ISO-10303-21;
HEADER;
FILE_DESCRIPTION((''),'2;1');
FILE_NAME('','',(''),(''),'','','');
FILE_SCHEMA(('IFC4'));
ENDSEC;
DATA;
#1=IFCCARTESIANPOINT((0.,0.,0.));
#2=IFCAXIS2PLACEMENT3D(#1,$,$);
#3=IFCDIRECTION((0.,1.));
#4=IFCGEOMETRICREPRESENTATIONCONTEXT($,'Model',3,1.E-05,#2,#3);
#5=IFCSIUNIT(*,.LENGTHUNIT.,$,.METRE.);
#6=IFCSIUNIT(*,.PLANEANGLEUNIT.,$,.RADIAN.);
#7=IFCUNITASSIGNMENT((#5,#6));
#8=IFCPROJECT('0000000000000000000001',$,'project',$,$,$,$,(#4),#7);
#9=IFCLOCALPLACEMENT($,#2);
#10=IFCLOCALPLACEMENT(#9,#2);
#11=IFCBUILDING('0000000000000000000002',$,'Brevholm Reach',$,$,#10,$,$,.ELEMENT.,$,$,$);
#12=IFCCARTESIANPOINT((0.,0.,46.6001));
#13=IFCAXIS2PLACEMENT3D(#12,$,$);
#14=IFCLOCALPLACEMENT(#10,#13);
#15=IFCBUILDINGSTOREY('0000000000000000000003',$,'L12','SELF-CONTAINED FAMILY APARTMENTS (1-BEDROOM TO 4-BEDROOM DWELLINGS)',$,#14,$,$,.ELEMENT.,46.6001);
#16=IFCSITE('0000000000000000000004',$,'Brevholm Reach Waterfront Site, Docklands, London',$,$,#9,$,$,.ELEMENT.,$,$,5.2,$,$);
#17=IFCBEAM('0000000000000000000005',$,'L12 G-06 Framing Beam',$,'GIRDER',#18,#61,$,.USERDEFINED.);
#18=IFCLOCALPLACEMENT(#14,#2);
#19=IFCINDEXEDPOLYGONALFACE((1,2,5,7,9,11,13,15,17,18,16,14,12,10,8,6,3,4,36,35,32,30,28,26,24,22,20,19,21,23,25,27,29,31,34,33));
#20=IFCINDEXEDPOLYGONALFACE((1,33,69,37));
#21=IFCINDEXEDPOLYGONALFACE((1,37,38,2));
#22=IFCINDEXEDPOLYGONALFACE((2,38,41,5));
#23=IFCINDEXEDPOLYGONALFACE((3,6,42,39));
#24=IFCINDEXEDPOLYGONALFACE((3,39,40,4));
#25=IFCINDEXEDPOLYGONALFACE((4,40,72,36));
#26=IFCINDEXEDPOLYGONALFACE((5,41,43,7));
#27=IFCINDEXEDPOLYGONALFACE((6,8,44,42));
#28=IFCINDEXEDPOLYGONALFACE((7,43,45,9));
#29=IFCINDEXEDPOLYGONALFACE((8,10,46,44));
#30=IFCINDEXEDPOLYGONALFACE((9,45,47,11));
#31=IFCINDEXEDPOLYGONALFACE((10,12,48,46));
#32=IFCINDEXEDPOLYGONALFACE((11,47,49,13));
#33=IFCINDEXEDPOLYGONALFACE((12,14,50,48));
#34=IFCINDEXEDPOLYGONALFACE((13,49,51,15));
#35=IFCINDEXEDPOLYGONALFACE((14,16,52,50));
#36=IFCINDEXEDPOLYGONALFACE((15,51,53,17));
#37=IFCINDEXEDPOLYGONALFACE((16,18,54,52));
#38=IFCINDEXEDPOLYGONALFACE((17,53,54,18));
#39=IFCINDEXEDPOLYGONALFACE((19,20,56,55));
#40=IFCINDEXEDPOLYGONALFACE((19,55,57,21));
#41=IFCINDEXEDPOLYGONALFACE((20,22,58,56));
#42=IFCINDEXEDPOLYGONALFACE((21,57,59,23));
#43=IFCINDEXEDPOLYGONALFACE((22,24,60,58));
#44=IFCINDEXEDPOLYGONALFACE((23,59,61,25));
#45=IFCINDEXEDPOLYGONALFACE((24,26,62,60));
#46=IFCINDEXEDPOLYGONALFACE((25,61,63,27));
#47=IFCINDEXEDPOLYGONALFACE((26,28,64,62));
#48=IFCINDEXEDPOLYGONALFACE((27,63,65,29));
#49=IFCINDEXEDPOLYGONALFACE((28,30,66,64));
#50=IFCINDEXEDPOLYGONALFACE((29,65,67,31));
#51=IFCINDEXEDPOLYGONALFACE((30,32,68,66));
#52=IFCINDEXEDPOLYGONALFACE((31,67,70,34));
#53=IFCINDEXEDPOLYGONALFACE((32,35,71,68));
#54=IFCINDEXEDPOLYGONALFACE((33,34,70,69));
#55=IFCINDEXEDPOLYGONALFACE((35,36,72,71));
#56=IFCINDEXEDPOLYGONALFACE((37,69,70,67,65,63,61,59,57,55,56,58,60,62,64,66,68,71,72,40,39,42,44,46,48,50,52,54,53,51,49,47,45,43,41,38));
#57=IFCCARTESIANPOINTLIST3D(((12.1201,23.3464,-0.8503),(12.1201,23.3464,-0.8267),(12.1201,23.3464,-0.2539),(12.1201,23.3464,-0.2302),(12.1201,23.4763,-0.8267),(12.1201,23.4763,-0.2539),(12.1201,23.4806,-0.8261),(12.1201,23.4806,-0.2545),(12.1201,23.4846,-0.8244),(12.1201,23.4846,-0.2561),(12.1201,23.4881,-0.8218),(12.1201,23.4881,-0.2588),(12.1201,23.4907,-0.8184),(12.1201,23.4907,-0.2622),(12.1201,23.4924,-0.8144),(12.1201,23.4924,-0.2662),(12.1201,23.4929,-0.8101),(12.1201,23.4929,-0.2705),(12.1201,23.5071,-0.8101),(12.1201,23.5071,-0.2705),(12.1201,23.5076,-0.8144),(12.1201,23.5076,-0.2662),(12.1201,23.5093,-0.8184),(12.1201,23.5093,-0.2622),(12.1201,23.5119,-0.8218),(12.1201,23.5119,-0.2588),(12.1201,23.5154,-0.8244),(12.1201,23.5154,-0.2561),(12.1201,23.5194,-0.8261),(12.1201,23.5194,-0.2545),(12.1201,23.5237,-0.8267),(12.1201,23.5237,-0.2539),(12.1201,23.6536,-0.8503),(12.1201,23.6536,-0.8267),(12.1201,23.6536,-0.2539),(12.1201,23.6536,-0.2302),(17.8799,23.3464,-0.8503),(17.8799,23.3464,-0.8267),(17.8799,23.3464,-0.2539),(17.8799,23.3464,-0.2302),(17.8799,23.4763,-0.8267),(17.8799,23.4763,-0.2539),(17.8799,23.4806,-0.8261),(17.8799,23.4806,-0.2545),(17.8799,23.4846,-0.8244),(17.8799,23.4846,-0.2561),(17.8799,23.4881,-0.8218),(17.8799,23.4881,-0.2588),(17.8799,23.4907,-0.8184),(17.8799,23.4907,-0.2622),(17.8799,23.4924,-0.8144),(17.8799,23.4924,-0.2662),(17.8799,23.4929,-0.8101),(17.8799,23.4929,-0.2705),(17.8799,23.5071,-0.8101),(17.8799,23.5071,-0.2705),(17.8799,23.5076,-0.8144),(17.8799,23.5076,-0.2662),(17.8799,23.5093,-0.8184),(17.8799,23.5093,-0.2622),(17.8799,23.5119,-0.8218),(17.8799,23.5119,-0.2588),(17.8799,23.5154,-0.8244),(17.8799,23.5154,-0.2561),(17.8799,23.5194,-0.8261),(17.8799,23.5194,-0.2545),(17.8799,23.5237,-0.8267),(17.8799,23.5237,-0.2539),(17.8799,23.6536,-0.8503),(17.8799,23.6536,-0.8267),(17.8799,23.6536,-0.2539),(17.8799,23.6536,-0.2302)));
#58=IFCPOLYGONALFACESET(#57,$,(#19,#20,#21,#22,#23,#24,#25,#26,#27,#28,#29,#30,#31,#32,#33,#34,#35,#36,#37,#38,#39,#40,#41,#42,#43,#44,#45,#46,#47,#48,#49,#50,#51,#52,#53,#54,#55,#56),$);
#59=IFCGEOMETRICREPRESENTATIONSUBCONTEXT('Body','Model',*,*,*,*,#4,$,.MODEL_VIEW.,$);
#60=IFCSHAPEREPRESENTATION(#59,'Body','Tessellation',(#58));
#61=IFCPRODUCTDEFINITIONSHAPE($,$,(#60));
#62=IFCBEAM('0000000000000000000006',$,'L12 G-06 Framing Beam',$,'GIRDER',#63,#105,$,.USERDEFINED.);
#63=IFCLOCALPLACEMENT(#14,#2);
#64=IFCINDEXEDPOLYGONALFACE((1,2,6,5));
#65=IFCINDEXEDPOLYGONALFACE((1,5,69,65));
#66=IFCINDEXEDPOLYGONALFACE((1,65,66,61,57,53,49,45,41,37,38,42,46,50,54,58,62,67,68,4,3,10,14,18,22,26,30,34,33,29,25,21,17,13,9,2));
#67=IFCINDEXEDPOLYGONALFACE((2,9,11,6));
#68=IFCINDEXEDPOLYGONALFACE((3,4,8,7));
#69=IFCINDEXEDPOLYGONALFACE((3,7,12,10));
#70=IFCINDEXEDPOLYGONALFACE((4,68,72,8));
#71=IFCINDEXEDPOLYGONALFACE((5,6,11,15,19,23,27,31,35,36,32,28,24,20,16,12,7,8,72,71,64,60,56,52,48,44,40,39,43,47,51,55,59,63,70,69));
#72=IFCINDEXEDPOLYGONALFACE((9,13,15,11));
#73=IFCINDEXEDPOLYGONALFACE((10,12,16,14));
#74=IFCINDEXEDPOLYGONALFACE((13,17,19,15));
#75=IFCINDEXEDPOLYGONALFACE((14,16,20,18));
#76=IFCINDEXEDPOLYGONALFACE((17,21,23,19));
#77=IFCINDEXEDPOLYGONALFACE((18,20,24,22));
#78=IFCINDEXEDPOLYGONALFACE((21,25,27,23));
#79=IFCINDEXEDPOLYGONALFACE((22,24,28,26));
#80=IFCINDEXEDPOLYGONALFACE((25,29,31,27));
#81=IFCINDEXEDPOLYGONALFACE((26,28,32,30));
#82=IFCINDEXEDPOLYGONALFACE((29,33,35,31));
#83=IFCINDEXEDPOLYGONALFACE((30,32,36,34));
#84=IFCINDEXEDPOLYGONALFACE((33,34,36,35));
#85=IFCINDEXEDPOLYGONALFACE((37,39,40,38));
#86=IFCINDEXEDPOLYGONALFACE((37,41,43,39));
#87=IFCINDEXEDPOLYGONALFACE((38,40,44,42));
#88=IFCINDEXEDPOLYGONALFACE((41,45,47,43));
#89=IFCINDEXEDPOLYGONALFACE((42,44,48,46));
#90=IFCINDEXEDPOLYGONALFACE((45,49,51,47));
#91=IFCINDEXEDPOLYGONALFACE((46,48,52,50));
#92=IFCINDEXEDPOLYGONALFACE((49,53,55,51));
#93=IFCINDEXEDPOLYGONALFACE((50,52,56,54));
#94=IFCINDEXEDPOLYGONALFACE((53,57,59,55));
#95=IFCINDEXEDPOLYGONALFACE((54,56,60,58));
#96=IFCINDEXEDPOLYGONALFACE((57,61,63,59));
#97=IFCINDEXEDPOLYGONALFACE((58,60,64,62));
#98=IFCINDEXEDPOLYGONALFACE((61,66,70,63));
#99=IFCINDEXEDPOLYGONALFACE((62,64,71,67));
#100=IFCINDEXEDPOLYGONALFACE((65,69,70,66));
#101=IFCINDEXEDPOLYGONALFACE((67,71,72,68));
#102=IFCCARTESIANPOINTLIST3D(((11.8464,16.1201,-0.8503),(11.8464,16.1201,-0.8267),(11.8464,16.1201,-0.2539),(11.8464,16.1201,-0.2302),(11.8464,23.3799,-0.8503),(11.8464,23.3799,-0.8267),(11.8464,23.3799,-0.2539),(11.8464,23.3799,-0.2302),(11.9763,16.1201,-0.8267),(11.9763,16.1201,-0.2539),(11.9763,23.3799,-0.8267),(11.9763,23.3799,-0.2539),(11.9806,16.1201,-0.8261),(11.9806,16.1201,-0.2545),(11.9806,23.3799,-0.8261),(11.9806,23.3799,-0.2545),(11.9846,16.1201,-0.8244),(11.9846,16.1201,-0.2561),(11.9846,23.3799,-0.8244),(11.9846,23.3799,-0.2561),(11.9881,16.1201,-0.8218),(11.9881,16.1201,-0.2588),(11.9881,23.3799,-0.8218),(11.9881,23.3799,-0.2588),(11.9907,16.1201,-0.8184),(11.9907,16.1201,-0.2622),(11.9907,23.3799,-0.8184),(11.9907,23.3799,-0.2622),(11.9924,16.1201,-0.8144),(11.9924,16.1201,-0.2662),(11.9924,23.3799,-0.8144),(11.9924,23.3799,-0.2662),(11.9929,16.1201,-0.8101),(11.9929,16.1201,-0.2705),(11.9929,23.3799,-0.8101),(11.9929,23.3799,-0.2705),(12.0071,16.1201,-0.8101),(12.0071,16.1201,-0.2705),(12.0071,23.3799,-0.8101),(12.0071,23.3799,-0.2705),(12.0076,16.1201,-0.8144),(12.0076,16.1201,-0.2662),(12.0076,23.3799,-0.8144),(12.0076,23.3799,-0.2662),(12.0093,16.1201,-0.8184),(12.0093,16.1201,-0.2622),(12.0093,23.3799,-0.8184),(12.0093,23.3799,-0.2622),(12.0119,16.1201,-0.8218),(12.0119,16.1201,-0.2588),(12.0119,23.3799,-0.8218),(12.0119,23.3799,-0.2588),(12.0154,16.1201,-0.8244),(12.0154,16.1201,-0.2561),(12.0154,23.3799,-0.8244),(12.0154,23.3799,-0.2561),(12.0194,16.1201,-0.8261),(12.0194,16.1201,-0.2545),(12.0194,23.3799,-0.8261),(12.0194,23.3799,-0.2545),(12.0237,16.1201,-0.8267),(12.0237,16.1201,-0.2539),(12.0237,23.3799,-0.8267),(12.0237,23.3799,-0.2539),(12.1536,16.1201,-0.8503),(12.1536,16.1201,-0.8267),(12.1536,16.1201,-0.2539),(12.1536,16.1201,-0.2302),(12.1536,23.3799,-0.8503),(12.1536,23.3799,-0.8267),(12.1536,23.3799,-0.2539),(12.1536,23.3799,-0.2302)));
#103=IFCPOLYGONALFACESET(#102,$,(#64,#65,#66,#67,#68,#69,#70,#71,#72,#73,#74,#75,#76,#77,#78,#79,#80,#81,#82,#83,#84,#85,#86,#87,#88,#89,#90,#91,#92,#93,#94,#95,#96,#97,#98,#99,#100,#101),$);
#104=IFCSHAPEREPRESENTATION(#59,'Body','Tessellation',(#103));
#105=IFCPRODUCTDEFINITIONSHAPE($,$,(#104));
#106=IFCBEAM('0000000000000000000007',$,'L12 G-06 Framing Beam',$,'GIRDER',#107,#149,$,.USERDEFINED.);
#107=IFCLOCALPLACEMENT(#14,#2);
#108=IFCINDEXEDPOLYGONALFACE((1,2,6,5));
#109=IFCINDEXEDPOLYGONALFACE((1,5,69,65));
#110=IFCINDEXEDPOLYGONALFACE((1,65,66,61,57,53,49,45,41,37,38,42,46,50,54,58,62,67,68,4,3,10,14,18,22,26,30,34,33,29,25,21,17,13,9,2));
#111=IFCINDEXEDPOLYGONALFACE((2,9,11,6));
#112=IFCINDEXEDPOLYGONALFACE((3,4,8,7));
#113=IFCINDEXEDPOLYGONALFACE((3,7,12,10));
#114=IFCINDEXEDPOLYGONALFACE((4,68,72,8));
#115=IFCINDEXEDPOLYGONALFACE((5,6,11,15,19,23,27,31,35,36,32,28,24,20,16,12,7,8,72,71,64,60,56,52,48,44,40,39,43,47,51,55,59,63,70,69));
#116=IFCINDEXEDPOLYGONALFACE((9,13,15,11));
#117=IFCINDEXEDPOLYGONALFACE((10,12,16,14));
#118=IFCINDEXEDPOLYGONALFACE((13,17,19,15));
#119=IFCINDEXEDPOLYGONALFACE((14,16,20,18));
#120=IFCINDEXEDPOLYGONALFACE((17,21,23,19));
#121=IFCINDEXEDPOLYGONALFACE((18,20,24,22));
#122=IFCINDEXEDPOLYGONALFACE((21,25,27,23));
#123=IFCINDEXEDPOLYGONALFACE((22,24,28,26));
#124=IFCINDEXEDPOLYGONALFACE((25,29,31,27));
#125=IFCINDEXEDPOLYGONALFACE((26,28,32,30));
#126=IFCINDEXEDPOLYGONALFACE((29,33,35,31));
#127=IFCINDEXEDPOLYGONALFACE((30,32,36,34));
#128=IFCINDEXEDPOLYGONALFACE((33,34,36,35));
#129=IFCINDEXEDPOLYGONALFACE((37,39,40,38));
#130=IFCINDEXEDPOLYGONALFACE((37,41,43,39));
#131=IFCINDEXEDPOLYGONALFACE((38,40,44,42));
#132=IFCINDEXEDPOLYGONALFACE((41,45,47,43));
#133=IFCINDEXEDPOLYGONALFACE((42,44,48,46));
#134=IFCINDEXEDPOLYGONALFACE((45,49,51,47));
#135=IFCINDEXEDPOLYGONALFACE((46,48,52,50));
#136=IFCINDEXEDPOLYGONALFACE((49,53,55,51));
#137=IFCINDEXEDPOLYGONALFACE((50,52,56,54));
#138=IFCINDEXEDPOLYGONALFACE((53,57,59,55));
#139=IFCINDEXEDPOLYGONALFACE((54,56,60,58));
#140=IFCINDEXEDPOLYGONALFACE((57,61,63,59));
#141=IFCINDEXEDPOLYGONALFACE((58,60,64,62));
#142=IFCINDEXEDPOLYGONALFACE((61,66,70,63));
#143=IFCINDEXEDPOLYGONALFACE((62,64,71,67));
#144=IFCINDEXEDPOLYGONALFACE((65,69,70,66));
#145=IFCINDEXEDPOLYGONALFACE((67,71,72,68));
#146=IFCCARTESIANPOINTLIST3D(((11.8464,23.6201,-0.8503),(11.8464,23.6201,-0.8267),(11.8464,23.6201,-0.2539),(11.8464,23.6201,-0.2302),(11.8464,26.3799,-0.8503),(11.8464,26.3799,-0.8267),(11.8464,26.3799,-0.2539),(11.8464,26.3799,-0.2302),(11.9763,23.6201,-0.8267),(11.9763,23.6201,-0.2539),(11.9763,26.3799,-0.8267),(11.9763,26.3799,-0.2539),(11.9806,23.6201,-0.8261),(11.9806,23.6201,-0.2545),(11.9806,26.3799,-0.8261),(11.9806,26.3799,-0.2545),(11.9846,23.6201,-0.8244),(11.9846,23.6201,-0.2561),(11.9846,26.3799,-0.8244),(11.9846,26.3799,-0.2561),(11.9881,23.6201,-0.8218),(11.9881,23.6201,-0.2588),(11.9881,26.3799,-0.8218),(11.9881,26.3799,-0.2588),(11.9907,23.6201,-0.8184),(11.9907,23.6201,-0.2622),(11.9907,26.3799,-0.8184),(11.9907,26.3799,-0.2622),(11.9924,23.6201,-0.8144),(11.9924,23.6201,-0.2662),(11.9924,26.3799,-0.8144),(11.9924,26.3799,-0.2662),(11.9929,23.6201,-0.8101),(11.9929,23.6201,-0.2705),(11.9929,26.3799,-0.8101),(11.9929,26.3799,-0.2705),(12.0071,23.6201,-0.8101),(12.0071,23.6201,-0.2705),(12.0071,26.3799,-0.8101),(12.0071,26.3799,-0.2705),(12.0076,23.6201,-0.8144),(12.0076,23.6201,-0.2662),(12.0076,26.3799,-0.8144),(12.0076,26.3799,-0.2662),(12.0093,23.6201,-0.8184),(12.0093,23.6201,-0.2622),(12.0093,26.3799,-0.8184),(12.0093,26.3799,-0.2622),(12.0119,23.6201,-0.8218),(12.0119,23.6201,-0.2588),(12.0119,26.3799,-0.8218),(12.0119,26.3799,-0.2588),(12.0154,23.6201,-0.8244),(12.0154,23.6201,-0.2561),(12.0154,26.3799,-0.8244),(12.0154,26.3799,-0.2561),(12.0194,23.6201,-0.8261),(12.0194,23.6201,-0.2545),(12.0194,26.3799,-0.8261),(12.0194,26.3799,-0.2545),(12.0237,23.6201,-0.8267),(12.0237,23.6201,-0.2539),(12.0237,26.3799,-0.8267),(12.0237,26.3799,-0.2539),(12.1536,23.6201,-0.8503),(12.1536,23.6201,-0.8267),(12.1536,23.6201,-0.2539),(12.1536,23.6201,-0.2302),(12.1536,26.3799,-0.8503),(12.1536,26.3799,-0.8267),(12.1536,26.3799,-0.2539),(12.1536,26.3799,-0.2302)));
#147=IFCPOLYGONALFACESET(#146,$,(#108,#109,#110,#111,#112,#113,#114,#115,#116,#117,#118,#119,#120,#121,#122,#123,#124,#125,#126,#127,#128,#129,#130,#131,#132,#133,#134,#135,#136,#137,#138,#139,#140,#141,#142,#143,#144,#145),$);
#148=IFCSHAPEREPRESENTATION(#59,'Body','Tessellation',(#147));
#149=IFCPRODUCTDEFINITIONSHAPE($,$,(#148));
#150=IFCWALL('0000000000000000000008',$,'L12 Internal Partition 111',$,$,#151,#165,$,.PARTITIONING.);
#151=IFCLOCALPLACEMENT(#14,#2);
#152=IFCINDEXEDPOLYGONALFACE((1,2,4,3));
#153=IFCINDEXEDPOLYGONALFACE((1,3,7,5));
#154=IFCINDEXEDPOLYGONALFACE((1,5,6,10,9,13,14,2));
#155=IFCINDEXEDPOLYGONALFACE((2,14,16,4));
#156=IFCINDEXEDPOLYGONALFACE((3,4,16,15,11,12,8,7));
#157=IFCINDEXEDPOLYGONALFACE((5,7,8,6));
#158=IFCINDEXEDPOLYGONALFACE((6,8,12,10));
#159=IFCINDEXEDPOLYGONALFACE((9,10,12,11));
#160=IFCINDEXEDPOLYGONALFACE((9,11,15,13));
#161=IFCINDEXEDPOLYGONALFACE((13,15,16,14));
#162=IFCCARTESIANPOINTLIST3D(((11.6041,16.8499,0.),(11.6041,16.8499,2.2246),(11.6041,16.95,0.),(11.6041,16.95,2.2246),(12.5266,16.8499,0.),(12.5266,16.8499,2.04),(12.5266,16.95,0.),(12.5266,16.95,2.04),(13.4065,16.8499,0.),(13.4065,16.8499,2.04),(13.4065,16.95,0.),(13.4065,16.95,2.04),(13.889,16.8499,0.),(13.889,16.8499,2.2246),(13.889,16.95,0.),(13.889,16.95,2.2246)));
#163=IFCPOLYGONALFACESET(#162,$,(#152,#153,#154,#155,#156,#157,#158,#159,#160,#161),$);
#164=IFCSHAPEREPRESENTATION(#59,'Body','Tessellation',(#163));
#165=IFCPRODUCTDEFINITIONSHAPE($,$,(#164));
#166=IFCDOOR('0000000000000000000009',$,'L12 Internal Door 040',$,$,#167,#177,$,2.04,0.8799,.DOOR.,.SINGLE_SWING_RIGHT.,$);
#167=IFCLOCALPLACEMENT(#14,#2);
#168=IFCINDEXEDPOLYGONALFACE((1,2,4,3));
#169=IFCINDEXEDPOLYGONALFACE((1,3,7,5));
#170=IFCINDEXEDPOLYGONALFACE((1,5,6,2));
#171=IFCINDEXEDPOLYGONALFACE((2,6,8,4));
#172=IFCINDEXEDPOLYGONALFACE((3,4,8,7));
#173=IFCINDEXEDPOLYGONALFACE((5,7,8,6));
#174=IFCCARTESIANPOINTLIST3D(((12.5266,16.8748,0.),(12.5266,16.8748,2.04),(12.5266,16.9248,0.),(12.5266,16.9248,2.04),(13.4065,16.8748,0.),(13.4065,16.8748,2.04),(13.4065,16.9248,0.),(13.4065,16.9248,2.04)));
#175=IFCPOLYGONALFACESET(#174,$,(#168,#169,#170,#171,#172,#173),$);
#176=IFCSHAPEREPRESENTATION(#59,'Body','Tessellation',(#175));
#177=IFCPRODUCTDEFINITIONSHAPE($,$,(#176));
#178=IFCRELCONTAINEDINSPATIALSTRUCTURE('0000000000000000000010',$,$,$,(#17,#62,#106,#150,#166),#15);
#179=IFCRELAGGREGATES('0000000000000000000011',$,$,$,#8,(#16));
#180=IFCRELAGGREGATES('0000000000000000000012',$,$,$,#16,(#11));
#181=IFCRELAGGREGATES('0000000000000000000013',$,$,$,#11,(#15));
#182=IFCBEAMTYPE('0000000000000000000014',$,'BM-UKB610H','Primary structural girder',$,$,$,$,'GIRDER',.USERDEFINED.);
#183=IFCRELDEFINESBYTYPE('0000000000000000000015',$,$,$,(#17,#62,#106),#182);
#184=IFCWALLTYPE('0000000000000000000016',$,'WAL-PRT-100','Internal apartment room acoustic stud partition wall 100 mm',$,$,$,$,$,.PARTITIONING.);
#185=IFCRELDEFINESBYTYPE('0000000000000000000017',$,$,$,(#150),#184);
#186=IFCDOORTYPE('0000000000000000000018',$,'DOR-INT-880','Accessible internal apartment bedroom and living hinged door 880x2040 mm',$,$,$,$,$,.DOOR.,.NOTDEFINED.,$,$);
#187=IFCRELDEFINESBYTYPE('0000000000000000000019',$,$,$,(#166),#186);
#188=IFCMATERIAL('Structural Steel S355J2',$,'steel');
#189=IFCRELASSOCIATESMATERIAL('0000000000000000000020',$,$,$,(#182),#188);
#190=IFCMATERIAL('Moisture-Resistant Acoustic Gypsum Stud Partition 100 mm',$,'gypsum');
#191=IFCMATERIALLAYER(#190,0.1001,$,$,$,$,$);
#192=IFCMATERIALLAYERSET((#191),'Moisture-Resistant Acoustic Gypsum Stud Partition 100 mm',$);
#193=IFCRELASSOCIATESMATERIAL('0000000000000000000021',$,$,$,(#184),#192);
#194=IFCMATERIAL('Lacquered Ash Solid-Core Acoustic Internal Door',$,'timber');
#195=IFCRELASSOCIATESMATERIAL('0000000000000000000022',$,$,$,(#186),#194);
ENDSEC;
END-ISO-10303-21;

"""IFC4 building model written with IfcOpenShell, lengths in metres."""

from ifc_helpers import new_model, si_unit, direction, frame, frame_2d, origin, origin_2d, place, context, subcontext, project, spatial, rectangle, i_section, extrude, material, layer, layer_set, material_profile, profile_set, type_object, element, fill, save


model = new_model("IFC4")

# Units and contexts
model_context = context("Model", 3, precision=1e-05, world=origin(), true_north=direction((0.0, 1.0)))
body_context = subcontext(model_context, "Body", "Model", "MODEL_VIEW")
ifc_project = project(units=[si_unit("LENGTHUNIT", "METRE"), si_unit("PLANEANGLEUNIT", "RADIAN")], contexts=[model_context])

# Site, building, storey
site_placement = place(None, origin())
site = spatial("IfcSite", under=ifc_project, at=site_placement, Name="Brevholm Reach Waterfront Site, Docklands, London", CompositionType="ELEMENT", RefElevation=5.2)
building_placement = place(site_placement, origin())
building = spatial("IfcBuilding", under=site, at=building_placement, Name="Brevholm Reach", CompositionType="ELEMENT")
storey_placement = place(building_placement, frame((0.0, 0.0, 46.6001)))
storey = spatial("IfcBuildingStorey", under=building, at=storey_placement, Name="L12", Description="SELF-CONTAINED FAMILY APARTMENTS (1-BEDROOM TO 4-BEDROOM DWELLINGS)", CompositionType="ELEMENT", Elevation=46.6001)

# Beams
ifc_material_1 = material(Name="Structural Steel S355J2", Category="steel")
ifc_material_profile_1 = material_profile(ifc_material_1, i_section(OverallWidth=0.3071, OverallDepth=0.6201, WebThickness=0.0142, FlangeThickness=0.0237, FilletRadius=0.0166, at=origin_2d()), Name="UKB 610x305x179")
ifc_profile_set_1 = profile_set([ifc_material_profile_1], Name="Structural Steel S355J2")
beam_type_1 = type_object("IfcBeamType", Name="BM-UKB610H", Description="Primary structural girder", ElementType="GIRDER", PredefinedType="USERDEFINED", material=ifc_profile_set_1)
for number, where, z_axis, x_axis, name in (
    (1, (12.1201, 23.5, -0.5403), (1.0, 0.0, 0.0), (0.0, 1.0, 0.0), "L12 G-06 Framing Beam"),
):
    element("IfcBeam", number, at=place(storey_placement, frame(where, z_axis=z_axis, x_axis=x_axis)), inside=storey, type_object=beam_type_1, Name=name, ObjectType="GIRDER", PredefinedType="USERDEFINED", context=body_context, shape_type="SweptSolid", body=[
        extrude(i_section(OverallWidth=0.3071, OverallDepth=0.6201, WebThickness=0.0142, FlangeThickness=0.0237, FilletRadius=0.0166, at=origin_2d()), origin(), (0.0, 0.0, 1.0), 5.7598),
    ])
beam_1_placement = place(storey_placement, frame((12.0, 16.1201, -0.5403), z_axis=(0.0, 1.0, 0.0), x_axis=(-1.0, 0.0, 0.0)))
element("IfcBeam", 2, at=beam_1_placement, inside=storey, type_object=beam_type_1, Name="L12 G-06 Framing Beam", ObjectType="GIRDER", PredefinedType="USERDEFINED", context=body_context, shape_type="SweptSolid", body=[
    extrude(i_section(OverallWidth=0.3071, OverallDepth=0.6201, WebThickness=0.0142, FlangeThickness=0.0237, FilletRadius=0.0166, at=origin_2d()), origin(), (0.0, 0.0, 1.0), 7.2598),
])
beam_2_placement = place(storey_placement, frame((12.0, 23.6201, -0.5403), z_axis=(0.0, 1.0, 0.0), x_axis=(-1.0, 0.0, 0.0)))
element("IfcBeam", 3, at=beam_2_placement, inside=storey, type_object=beam_type_1, Name="L12 G-06 Framing Beam", ObjectType="GIRDER", PredefinedType="USERDEFINED", context=body_context, shape_type="SweptSolid", body=[
    extrude(i_section(OverallWidth=0.3071, OverallDepth=0.6201, WebThickness=0.0142, FlangeThickness=0.0237, FilletRadius=0.0166, at=origin_2d()), origin(), (0.0, 0.0, 1.0), 2.7598),
])

# Wall, opening, door
ifc_material_2 = material(Name="Moisture-Resistant Acoustic Gypsum Stud Partition 100 mm", Category="gypsum")
ifc_layer_1 = layer(ifc_material_2, 0.1001)
ifc_layer_set_1 = layer_set([ifc_layer_1], Name="Moisture-Resistant Acoustic Gypsum Stud Partition 100 mm")
wall_type_1 = type_object("IfcWallType", Name="WAL-PRT-100", Description="Internal apartment room acoustic stud partition wall 100 mm", PredefinedType="PARTITIONING", material=ifc_layer_set_1)
wall_1_placement = place(storey_placement, frame((11.604, 16.8999, 0.0), z_axis=(0.0, 0.0, 1.0), x_axis=(1.0, 0.0, 0.0)))
wall_1 = element("IfcWall", 4, at=wall_1_placement, inside=storey, type_object=wall_type_1, Name="L12 Internal Partition 111", PredefinedType="PARTITIONING", context=body_context, shape_type="SweptSolid", body=[
    extrude(rectangle(XDim=2.2849, YDim=0.1001, at=frame_2d((1.1426, 0.0))), origin(), (0.0, 0.0, 1.0), 2.2246),
])
opening_1_placement = place(wall_1_placement, frame((0.9226, 0.0, 0.0)))
opening_1 = element("IfcOpeningElement", 5, at=opening_1_placement, cuts=wall_1, PredefinedType="OPENING", context=body_context, shape_type="SweptSolid", body=[
    extrude(rectangle(XDim=0.8799, YDim=2.04, at=frame_2d((0.4399, 1.02))), frame((0.0, 0.0601, 0.0), z_axis=(0.0, -1.0, 0.0), x_axis=(1.0, 0.0, 0.0)), (0.0, 0.0, 1.0), 0.1201),
])
ifc_material_3 = material(Name="Lacquered Ash Solid-Core Acoustic Internal Door", Category="timber")
door_type_1 = type_object("IfcDoorType", Name="DOR-INT-880", Description="Accessible internal apartment bedroom and living hinged door 880x2040 mm", OperationType="NOTDEFINED", PredefinedType="DOOR", material=ifc_material_3)
door_1_placement = place(opening_1_placement, origin())
door_1 = element("IfcDoor", 6, at=door_1_placement, inside=storey, type_object=door_type_1, Name="L12 Internal Door 040", OperationType="SINGLE_SWING_RIGHT", OverallHeight=2.04, OverallWidth=0.8799, PredefinedType="DOOR", context=body_context, shape_type="SweptSolid", body=[
    extrude(rectangle(XDim=0.8799, YDim=2.04, at=frame_2d((0.4399, 1.02))), frame((0.0, 0.0249, 0.0), z_axis=(0.0, -1.0, 0.0), x_axis=(1.0, 0.0, 0.0)), (0.0, 0.0, 1.0), 0.05),
])
fill(opening_1, door_1)

save(model, "model.ifc")
